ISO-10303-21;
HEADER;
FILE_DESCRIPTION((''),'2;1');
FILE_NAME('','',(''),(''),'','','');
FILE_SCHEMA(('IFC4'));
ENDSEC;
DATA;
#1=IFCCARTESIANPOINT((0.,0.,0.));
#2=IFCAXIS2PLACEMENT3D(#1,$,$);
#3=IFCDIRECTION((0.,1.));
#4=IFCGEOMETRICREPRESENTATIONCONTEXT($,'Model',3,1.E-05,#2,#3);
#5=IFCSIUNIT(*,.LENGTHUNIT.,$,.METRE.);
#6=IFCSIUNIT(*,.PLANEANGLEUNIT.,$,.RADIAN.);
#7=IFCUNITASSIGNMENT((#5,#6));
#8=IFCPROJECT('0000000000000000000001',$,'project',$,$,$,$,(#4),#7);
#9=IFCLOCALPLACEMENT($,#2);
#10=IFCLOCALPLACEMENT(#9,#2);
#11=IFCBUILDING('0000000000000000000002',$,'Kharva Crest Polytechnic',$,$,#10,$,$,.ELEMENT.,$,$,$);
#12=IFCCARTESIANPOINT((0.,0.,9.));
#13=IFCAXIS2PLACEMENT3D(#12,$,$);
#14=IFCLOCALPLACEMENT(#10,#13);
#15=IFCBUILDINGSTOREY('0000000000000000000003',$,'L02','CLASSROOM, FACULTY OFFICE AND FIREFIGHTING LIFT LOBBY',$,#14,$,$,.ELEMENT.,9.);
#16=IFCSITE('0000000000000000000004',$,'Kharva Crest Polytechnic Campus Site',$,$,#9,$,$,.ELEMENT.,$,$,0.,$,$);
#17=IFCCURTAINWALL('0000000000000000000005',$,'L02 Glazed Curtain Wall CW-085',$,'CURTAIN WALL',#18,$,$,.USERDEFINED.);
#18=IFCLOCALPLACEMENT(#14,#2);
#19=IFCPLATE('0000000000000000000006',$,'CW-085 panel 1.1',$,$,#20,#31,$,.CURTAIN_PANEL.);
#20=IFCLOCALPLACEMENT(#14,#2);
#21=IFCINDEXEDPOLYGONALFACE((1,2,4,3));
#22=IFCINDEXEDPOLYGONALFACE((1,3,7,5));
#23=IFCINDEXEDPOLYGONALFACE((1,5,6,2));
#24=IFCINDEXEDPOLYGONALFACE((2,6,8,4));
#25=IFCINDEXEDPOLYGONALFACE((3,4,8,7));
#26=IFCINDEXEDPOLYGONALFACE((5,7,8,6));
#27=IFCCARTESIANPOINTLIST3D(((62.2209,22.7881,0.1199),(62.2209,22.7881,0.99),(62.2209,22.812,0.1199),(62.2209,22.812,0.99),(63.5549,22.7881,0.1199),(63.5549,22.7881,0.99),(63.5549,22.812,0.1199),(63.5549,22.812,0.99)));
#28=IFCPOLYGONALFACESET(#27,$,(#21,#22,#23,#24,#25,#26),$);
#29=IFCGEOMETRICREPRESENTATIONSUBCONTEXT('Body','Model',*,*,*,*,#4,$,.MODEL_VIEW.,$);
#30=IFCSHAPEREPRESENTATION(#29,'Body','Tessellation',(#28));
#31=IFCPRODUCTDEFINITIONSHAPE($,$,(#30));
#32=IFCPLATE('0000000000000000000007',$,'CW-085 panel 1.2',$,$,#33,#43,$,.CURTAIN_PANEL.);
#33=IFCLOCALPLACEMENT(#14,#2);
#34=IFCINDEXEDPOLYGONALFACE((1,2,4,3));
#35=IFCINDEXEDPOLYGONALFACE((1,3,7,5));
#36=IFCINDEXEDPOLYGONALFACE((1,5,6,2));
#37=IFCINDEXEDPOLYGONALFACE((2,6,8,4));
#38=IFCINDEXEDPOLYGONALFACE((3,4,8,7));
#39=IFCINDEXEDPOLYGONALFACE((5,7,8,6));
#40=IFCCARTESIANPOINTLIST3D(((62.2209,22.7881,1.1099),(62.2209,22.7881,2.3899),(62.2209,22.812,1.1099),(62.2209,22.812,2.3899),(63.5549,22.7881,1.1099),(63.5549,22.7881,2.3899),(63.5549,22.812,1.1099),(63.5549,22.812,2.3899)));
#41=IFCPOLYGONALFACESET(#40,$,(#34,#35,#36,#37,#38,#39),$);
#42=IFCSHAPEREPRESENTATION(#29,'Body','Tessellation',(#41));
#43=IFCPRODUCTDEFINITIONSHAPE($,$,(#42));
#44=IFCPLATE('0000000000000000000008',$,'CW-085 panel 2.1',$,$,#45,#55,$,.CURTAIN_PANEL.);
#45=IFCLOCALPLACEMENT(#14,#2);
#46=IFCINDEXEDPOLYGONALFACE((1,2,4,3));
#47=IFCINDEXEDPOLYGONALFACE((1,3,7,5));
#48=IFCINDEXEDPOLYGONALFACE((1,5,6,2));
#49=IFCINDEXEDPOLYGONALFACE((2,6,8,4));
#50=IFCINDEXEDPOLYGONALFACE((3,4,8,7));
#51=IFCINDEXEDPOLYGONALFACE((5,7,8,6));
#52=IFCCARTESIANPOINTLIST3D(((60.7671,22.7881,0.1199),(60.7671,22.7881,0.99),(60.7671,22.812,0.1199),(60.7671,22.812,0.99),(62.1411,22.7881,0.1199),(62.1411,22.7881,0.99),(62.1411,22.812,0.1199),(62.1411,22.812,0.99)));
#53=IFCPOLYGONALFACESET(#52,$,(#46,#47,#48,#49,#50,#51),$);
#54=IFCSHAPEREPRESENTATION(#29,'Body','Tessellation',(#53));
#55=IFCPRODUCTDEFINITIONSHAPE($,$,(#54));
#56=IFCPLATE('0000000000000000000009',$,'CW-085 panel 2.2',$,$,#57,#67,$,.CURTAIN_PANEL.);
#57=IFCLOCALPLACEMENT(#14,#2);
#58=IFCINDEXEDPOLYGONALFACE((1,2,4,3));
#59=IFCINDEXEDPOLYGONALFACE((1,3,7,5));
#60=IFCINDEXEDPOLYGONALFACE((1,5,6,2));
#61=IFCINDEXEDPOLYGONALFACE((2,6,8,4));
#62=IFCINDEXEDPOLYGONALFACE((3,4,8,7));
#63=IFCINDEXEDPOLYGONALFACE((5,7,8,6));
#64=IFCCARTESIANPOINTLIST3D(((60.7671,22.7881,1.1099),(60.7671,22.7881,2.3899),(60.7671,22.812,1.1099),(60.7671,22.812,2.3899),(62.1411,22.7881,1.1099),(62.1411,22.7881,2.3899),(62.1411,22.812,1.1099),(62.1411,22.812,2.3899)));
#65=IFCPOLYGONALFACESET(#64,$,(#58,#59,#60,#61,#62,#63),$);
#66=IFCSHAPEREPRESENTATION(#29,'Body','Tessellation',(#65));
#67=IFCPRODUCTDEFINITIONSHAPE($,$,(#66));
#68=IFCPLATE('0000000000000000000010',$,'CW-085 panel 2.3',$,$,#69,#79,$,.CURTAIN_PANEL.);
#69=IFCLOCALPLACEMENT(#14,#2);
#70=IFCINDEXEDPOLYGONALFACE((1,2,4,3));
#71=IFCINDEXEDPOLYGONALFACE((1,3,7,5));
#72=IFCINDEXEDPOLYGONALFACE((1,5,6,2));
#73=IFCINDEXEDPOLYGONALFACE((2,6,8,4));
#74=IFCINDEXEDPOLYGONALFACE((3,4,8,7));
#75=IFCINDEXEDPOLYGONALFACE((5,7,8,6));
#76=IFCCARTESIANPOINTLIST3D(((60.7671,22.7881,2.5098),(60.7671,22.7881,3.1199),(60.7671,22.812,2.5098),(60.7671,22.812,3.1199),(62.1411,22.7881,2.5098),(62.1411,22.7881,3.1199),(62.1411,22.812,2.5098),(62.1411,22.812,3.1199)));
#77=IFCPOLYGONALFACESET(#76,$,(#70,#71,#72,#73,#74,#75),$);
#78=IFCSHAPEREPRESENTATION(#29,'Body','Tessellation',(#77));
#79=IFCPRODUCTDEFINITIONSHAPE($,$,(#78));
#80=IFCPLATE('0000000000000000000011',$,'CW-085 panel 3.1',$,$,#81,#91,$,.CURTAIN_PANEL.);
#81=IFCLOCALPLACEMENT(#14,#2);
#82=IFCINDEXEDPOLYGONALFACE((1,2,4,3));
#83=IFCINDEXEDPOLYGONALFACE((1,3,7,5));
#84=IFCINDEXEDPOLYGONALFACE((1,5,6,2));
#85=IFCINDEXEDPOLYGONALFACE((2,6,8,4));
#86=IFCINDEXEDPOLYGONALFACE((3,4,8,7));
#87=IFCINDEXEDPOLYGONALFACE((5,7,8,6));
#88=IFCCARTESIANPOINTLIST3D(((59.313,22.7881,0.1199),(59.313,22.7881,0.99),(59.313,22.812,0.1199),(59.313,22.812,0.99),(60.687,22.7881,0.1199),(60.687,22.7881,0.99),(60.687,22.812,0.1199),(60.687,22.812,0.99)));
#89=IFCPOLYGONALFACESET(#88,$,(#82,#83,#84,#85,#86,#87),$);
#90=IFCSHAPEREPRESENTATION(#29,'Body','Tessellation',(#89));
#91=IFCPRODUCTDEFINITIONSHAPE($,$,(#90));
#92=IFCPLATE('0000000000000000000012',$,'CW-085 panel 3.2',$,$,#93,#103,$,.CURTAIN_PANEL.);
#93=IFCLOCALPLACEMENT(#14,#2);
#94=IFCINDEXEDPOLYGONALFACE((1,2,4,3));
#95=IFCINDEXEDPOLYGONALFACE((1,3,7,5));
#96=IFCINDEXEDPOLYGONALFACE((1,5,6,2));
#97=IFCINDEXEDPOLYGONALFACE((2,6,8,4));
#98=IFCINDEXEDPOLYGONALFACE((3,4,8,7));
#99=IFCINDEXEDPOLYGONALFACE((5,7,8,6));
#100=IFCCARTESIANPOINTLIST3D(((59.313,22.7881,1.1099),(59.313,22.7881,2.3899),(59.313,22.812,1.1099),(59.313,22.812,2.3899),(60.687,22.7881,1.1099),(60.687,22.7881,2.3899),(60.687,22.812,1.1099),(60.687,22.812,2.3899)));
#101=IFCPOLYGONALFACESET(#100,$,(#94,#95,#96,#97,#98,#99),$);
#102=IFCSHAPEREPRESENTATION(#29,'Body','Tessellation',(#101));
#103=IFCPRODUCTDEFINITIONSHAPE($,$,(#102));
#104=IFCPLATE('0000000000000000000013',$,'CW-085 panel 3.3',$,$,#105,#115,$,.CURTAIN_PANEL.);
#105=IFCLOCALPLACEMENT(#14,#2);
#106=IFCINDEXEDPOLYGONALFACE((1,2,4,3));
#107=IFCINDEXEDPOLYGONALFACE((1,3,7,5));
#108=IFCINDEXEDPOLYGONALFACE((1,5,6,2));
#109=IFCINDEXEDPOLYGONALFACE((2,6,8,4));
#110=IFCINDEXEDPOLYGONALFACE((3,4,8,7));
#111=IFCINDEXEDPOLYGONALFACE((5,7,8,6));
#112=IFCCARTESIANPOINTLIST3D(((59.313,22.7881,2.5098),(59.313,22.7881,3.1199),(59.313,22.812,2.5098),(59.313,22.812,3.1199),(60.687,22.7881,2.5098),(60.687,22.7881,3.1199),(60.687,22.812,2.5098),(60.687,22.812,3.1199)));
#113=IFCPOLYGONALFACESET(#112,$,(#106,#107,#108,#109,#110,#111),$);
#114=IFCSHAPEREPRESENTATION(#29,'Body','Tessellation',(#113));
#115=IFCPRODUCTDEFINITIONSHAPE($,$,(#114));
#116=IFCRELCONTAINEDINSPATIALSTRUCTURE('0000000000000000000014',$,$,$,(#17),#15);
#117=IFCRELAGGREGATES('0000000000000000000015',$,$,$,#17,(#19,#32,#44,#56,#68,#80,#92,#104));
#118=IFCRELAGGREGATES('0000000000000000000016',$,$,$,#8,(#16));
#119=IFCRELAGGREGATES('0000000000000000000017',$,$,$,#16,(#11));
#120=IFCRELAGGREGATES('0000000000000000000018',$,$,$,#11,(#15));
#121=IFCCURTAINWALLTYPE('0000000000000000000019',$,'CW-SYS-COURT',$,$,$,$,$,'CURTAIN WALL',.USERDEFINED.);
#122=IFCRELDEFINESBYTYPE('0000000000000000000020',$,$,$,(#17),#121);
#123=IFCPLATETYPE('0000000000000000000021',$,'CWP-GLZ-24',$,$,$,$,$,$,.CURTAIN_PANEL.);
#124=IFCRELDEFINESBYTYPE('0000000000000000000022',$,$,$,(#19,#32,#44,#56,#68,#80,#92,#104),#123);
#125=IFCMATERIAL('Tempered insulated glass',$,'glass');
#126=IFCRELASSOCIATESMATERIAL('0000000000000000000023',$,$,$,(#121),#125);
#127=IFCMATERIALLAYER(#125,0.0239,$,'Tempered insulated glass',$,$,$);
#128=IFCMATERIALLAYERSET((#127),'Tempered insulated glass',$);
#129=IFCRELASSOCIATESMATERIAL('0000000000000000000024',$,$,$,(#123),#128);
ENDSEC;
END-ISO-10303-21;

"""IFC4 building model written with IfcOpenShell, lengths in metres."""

from ifc_helpers import new_model, si_unit, direction, frame, origin, origin_2d, place, context, subcontext, project, spatial, rectangle, extrude, material, layer, layer_set, type_object, element, aggregate, save


model = new_model("IFC4")

# Units and contexts
model_context = context("Model", 3, precision=1e-05, world=origin(), true_north=direction((0.0, 1.0)))
body_context = subcontext(model_context, "Body", "Model", "MODEL_VIEW")
ifc_project = project(units=[si_unit("LENGTHUNIT", "METRE"), si_unit("PLANEANGLEUNIT", "RADIAN")], contexts=[model_context])

# Site, building, storey
site_placement = place(None, origin())
site = spatial("IfcSite", under=ifc_project, at=site_placement, Name="Kharva Crest Polytechnic Campus Site", CompositionType="ELEMENT", RefElevation=0.0)
building_placement = place(site_placement, origin())
building = spatial("IfcBuilding", under=site, at=building_placement, Name="Kharva Crest Polytechnic", CompositionType="ELEMENT")
storey_placement = place(building_placement, frame((0.0, 0.0, 9.0)))
storey = spatial("IfcBuildingStorey", under=building, at=storey_placement, Name="L02", Description="CLASSROOM, FACULTY OFFICE AND FIREFIGHTING LIFT LOBBY", CompositionType="ELEMENT", Elevation=9.0)

# Curtain wall, plates
ifc_material_1 = material(Name="Tempered insulated glass", Category="glass")
curtain_wall_type = type_object("IfcCurtainWallType", Name="CW-SYS-COURT", ElementType="CURTAIN WALL", PredefinedType="USERDEFINED", material=ifc_material_1)
curtain_wall_placement = place(storey_placement, origin())
curtain_wall = element("IfcCurtainWall", 1, at=curtain_wall_placement, inside=storey, type_object=curtain_wall_type, Name="L02 Glazed Curtain Wall CW-085", ObjectType="CURTAIN WALL", PredefinedType="USERDEFINED")
ifc_layer = layer(ifc_material_1, 0.0239, Name="Tempered insulated glass")
ifc_layer_set = layer_set([ifc_layer], Name="Tempered insulated glass")
plate_type = type_object("IfcPlateType", Name="CWP-GLZ-24", PredefinedType="CURTAIN_PANEL", material=ifc_layer_set)
plate_1_placement = place(storey_placement, frame((62.8879, 22.8, 0.1199), z_axis=(0.0, 0.0, 1.0), x_axis=(-1.0, 0.0, 0.0)))
plate_1 = element("IfcPlate", 2, at=plate_1_placement, type_object=plate_type, Name="CW-085 panel 1.1", PredefinedType="CURTAIN_PANEL", context=body_context, shape_type="SweptSolid", body=[
    extrude(rectangle(XDim=1.334, YDim=0.0239, at=origin_2d()), origin(), (0.0, 0.0, 1.0), 0.8701),
])
plate_2_placement = place(storey_placement, frame((62.8879, 22.8, 1.1099), z_axis=(0.0, 0.0, 1.0), x_axis=(-1.0, 0.0, 0.0)))
plate_2 = element("IfcPlate", 3, at=plate_2_placement, type_object=plate_type, Name="CW-085 panel 1.2", PredefinedType="CURTAIN_PANEL", context=body_context, shape_type="SweptSolid", body=[
    extrude(rectangle(XDim=1.334, YDim=0.0239, at=origin_2d()), origin(), (0.0, 0.0, 1.0), 1.28),
])
plate_3_placement = place(storey_placement, frame((61.4541, 22.8, 0.1199), z_axis=(0.0, 0.0, 1.0), x_axis=(-1.0, 0.0, 0.0)))
plate_3 = element("IfcPlate", 4, at=plate_3_placement, type_object=plate_type, Name="CW-085 panel 2.1", PredefinedType="CURTAIN_PANEL", context=body_context, shape_type="SweptSolid", body=[
    extrude(rectangle(XDim=1.374, YDim=0.0239, at=origin_2d()), origin(), (0.0, 0.0, 1.0), 0.8701),
])
plate_4_placement = place(storey_placement, frame((61.4541, 22.8, 1.1099), z_axis=(0.0, 0.0, 1.0), x_axis=(-1.0, 0.0, 0.0)))
plate_4 = element("IfcPlate", 5, at=plate_4_placement, type_object=plate_type, Name="CW-085 panel 2.2", PredefinedType="CURTAIN_PANEL", context=body_context, shape_type="SweptSolid", body=[
    extrude(rectangle(XDim=1.374, YDim=0.0239, at=origin_2d()), origin(), (0.0, 0.0, 1.0), 1.28),
])
plate_5_placement = place(storey_placement, frame((61.4541, 22.8, 2.5098), z_axis=(0.0, 0.0, 1.0), x_axis=(-1.0, 0.0, 0.0)))
plate_5 = element("IfcPlate", 6, at=plate_5_placement, type_object=plate_type, Name="CW-085 panel 2.3", PredefinedType="CURTAIN_PANEL", context=body_context, shape_type="SweptSolid", body=[
    extrude(rectangle(XDim=1.374, YDim=0.0239, at=origin_2d()), origin(), (0.0, 0.0, 1.0), 0.6101),
])
plate_6_placement = place(storey_placement, frame((60.0, 22.8, 0.1199), z_axis=(0.0, 0.0, 1.0), x_axis=(-1.0, 0.0, 0.0)))
plate_6 = element("IfcPlate", 7, at=plate_6_placement, type_object=plate_type, Name="CW-085 panel 3.1", PredefinedType="CURTAIN_PANEL", context=body_context, shape_type="SweptSolid", body=[
    extrude(rectangle(XDim=1.374, YDim=0.0239, at=origin_2d()), origin(), (0.0, 0.0, 1.0), 0.8701),
])
plate_7_placement = place(storey_placement, frame((60.0, 22.8, 1.1099), z_axis=(0.0, 0.0, 1.0), x_axis=(-1.0, 0.0, 0.0)))
plate_7 = element("IfcPlate", 8, at=plate_7_placement, type_object=plate_type, Name="CW-085 panel 3.2", PredefinedType="CURTAIN_PANEL", context=body_context, shape_type="SweptSolid", body=[
    extrude(rectangle(XDim=1.374, YDim=0.0239, at=origin_2d()), origin(), (0.0, 0.0, 1.0), 1.28),
])
plate_8_placement = place(storey_placement, frame((60.0, 22.8, 2.5098), z_axis=(0.0, 0.0, 1.0), x_axis=(-1.0, 0.0, 0.0)))
plate_8 = element("IfcPlate", 9, at=plate_8_placement, type_object=plate_type, Name="CW-085 panel 3.3", PredefinedType="CURTAIN_PANEL", context=body_context, shape_type="SweptSolid", body=[
    extrude(rectangle(XDim=1.374, YDim=0.0239, at=origin_2d()), origin(), (0.0, 0.0, 1.0), 0.6101),
])
aggregate(curtain_wall, [plate_1, plate_2, plate_3, plate_4, plate_5, plate_6, plate_7, plate_8])

save(model, "model.ifc")
